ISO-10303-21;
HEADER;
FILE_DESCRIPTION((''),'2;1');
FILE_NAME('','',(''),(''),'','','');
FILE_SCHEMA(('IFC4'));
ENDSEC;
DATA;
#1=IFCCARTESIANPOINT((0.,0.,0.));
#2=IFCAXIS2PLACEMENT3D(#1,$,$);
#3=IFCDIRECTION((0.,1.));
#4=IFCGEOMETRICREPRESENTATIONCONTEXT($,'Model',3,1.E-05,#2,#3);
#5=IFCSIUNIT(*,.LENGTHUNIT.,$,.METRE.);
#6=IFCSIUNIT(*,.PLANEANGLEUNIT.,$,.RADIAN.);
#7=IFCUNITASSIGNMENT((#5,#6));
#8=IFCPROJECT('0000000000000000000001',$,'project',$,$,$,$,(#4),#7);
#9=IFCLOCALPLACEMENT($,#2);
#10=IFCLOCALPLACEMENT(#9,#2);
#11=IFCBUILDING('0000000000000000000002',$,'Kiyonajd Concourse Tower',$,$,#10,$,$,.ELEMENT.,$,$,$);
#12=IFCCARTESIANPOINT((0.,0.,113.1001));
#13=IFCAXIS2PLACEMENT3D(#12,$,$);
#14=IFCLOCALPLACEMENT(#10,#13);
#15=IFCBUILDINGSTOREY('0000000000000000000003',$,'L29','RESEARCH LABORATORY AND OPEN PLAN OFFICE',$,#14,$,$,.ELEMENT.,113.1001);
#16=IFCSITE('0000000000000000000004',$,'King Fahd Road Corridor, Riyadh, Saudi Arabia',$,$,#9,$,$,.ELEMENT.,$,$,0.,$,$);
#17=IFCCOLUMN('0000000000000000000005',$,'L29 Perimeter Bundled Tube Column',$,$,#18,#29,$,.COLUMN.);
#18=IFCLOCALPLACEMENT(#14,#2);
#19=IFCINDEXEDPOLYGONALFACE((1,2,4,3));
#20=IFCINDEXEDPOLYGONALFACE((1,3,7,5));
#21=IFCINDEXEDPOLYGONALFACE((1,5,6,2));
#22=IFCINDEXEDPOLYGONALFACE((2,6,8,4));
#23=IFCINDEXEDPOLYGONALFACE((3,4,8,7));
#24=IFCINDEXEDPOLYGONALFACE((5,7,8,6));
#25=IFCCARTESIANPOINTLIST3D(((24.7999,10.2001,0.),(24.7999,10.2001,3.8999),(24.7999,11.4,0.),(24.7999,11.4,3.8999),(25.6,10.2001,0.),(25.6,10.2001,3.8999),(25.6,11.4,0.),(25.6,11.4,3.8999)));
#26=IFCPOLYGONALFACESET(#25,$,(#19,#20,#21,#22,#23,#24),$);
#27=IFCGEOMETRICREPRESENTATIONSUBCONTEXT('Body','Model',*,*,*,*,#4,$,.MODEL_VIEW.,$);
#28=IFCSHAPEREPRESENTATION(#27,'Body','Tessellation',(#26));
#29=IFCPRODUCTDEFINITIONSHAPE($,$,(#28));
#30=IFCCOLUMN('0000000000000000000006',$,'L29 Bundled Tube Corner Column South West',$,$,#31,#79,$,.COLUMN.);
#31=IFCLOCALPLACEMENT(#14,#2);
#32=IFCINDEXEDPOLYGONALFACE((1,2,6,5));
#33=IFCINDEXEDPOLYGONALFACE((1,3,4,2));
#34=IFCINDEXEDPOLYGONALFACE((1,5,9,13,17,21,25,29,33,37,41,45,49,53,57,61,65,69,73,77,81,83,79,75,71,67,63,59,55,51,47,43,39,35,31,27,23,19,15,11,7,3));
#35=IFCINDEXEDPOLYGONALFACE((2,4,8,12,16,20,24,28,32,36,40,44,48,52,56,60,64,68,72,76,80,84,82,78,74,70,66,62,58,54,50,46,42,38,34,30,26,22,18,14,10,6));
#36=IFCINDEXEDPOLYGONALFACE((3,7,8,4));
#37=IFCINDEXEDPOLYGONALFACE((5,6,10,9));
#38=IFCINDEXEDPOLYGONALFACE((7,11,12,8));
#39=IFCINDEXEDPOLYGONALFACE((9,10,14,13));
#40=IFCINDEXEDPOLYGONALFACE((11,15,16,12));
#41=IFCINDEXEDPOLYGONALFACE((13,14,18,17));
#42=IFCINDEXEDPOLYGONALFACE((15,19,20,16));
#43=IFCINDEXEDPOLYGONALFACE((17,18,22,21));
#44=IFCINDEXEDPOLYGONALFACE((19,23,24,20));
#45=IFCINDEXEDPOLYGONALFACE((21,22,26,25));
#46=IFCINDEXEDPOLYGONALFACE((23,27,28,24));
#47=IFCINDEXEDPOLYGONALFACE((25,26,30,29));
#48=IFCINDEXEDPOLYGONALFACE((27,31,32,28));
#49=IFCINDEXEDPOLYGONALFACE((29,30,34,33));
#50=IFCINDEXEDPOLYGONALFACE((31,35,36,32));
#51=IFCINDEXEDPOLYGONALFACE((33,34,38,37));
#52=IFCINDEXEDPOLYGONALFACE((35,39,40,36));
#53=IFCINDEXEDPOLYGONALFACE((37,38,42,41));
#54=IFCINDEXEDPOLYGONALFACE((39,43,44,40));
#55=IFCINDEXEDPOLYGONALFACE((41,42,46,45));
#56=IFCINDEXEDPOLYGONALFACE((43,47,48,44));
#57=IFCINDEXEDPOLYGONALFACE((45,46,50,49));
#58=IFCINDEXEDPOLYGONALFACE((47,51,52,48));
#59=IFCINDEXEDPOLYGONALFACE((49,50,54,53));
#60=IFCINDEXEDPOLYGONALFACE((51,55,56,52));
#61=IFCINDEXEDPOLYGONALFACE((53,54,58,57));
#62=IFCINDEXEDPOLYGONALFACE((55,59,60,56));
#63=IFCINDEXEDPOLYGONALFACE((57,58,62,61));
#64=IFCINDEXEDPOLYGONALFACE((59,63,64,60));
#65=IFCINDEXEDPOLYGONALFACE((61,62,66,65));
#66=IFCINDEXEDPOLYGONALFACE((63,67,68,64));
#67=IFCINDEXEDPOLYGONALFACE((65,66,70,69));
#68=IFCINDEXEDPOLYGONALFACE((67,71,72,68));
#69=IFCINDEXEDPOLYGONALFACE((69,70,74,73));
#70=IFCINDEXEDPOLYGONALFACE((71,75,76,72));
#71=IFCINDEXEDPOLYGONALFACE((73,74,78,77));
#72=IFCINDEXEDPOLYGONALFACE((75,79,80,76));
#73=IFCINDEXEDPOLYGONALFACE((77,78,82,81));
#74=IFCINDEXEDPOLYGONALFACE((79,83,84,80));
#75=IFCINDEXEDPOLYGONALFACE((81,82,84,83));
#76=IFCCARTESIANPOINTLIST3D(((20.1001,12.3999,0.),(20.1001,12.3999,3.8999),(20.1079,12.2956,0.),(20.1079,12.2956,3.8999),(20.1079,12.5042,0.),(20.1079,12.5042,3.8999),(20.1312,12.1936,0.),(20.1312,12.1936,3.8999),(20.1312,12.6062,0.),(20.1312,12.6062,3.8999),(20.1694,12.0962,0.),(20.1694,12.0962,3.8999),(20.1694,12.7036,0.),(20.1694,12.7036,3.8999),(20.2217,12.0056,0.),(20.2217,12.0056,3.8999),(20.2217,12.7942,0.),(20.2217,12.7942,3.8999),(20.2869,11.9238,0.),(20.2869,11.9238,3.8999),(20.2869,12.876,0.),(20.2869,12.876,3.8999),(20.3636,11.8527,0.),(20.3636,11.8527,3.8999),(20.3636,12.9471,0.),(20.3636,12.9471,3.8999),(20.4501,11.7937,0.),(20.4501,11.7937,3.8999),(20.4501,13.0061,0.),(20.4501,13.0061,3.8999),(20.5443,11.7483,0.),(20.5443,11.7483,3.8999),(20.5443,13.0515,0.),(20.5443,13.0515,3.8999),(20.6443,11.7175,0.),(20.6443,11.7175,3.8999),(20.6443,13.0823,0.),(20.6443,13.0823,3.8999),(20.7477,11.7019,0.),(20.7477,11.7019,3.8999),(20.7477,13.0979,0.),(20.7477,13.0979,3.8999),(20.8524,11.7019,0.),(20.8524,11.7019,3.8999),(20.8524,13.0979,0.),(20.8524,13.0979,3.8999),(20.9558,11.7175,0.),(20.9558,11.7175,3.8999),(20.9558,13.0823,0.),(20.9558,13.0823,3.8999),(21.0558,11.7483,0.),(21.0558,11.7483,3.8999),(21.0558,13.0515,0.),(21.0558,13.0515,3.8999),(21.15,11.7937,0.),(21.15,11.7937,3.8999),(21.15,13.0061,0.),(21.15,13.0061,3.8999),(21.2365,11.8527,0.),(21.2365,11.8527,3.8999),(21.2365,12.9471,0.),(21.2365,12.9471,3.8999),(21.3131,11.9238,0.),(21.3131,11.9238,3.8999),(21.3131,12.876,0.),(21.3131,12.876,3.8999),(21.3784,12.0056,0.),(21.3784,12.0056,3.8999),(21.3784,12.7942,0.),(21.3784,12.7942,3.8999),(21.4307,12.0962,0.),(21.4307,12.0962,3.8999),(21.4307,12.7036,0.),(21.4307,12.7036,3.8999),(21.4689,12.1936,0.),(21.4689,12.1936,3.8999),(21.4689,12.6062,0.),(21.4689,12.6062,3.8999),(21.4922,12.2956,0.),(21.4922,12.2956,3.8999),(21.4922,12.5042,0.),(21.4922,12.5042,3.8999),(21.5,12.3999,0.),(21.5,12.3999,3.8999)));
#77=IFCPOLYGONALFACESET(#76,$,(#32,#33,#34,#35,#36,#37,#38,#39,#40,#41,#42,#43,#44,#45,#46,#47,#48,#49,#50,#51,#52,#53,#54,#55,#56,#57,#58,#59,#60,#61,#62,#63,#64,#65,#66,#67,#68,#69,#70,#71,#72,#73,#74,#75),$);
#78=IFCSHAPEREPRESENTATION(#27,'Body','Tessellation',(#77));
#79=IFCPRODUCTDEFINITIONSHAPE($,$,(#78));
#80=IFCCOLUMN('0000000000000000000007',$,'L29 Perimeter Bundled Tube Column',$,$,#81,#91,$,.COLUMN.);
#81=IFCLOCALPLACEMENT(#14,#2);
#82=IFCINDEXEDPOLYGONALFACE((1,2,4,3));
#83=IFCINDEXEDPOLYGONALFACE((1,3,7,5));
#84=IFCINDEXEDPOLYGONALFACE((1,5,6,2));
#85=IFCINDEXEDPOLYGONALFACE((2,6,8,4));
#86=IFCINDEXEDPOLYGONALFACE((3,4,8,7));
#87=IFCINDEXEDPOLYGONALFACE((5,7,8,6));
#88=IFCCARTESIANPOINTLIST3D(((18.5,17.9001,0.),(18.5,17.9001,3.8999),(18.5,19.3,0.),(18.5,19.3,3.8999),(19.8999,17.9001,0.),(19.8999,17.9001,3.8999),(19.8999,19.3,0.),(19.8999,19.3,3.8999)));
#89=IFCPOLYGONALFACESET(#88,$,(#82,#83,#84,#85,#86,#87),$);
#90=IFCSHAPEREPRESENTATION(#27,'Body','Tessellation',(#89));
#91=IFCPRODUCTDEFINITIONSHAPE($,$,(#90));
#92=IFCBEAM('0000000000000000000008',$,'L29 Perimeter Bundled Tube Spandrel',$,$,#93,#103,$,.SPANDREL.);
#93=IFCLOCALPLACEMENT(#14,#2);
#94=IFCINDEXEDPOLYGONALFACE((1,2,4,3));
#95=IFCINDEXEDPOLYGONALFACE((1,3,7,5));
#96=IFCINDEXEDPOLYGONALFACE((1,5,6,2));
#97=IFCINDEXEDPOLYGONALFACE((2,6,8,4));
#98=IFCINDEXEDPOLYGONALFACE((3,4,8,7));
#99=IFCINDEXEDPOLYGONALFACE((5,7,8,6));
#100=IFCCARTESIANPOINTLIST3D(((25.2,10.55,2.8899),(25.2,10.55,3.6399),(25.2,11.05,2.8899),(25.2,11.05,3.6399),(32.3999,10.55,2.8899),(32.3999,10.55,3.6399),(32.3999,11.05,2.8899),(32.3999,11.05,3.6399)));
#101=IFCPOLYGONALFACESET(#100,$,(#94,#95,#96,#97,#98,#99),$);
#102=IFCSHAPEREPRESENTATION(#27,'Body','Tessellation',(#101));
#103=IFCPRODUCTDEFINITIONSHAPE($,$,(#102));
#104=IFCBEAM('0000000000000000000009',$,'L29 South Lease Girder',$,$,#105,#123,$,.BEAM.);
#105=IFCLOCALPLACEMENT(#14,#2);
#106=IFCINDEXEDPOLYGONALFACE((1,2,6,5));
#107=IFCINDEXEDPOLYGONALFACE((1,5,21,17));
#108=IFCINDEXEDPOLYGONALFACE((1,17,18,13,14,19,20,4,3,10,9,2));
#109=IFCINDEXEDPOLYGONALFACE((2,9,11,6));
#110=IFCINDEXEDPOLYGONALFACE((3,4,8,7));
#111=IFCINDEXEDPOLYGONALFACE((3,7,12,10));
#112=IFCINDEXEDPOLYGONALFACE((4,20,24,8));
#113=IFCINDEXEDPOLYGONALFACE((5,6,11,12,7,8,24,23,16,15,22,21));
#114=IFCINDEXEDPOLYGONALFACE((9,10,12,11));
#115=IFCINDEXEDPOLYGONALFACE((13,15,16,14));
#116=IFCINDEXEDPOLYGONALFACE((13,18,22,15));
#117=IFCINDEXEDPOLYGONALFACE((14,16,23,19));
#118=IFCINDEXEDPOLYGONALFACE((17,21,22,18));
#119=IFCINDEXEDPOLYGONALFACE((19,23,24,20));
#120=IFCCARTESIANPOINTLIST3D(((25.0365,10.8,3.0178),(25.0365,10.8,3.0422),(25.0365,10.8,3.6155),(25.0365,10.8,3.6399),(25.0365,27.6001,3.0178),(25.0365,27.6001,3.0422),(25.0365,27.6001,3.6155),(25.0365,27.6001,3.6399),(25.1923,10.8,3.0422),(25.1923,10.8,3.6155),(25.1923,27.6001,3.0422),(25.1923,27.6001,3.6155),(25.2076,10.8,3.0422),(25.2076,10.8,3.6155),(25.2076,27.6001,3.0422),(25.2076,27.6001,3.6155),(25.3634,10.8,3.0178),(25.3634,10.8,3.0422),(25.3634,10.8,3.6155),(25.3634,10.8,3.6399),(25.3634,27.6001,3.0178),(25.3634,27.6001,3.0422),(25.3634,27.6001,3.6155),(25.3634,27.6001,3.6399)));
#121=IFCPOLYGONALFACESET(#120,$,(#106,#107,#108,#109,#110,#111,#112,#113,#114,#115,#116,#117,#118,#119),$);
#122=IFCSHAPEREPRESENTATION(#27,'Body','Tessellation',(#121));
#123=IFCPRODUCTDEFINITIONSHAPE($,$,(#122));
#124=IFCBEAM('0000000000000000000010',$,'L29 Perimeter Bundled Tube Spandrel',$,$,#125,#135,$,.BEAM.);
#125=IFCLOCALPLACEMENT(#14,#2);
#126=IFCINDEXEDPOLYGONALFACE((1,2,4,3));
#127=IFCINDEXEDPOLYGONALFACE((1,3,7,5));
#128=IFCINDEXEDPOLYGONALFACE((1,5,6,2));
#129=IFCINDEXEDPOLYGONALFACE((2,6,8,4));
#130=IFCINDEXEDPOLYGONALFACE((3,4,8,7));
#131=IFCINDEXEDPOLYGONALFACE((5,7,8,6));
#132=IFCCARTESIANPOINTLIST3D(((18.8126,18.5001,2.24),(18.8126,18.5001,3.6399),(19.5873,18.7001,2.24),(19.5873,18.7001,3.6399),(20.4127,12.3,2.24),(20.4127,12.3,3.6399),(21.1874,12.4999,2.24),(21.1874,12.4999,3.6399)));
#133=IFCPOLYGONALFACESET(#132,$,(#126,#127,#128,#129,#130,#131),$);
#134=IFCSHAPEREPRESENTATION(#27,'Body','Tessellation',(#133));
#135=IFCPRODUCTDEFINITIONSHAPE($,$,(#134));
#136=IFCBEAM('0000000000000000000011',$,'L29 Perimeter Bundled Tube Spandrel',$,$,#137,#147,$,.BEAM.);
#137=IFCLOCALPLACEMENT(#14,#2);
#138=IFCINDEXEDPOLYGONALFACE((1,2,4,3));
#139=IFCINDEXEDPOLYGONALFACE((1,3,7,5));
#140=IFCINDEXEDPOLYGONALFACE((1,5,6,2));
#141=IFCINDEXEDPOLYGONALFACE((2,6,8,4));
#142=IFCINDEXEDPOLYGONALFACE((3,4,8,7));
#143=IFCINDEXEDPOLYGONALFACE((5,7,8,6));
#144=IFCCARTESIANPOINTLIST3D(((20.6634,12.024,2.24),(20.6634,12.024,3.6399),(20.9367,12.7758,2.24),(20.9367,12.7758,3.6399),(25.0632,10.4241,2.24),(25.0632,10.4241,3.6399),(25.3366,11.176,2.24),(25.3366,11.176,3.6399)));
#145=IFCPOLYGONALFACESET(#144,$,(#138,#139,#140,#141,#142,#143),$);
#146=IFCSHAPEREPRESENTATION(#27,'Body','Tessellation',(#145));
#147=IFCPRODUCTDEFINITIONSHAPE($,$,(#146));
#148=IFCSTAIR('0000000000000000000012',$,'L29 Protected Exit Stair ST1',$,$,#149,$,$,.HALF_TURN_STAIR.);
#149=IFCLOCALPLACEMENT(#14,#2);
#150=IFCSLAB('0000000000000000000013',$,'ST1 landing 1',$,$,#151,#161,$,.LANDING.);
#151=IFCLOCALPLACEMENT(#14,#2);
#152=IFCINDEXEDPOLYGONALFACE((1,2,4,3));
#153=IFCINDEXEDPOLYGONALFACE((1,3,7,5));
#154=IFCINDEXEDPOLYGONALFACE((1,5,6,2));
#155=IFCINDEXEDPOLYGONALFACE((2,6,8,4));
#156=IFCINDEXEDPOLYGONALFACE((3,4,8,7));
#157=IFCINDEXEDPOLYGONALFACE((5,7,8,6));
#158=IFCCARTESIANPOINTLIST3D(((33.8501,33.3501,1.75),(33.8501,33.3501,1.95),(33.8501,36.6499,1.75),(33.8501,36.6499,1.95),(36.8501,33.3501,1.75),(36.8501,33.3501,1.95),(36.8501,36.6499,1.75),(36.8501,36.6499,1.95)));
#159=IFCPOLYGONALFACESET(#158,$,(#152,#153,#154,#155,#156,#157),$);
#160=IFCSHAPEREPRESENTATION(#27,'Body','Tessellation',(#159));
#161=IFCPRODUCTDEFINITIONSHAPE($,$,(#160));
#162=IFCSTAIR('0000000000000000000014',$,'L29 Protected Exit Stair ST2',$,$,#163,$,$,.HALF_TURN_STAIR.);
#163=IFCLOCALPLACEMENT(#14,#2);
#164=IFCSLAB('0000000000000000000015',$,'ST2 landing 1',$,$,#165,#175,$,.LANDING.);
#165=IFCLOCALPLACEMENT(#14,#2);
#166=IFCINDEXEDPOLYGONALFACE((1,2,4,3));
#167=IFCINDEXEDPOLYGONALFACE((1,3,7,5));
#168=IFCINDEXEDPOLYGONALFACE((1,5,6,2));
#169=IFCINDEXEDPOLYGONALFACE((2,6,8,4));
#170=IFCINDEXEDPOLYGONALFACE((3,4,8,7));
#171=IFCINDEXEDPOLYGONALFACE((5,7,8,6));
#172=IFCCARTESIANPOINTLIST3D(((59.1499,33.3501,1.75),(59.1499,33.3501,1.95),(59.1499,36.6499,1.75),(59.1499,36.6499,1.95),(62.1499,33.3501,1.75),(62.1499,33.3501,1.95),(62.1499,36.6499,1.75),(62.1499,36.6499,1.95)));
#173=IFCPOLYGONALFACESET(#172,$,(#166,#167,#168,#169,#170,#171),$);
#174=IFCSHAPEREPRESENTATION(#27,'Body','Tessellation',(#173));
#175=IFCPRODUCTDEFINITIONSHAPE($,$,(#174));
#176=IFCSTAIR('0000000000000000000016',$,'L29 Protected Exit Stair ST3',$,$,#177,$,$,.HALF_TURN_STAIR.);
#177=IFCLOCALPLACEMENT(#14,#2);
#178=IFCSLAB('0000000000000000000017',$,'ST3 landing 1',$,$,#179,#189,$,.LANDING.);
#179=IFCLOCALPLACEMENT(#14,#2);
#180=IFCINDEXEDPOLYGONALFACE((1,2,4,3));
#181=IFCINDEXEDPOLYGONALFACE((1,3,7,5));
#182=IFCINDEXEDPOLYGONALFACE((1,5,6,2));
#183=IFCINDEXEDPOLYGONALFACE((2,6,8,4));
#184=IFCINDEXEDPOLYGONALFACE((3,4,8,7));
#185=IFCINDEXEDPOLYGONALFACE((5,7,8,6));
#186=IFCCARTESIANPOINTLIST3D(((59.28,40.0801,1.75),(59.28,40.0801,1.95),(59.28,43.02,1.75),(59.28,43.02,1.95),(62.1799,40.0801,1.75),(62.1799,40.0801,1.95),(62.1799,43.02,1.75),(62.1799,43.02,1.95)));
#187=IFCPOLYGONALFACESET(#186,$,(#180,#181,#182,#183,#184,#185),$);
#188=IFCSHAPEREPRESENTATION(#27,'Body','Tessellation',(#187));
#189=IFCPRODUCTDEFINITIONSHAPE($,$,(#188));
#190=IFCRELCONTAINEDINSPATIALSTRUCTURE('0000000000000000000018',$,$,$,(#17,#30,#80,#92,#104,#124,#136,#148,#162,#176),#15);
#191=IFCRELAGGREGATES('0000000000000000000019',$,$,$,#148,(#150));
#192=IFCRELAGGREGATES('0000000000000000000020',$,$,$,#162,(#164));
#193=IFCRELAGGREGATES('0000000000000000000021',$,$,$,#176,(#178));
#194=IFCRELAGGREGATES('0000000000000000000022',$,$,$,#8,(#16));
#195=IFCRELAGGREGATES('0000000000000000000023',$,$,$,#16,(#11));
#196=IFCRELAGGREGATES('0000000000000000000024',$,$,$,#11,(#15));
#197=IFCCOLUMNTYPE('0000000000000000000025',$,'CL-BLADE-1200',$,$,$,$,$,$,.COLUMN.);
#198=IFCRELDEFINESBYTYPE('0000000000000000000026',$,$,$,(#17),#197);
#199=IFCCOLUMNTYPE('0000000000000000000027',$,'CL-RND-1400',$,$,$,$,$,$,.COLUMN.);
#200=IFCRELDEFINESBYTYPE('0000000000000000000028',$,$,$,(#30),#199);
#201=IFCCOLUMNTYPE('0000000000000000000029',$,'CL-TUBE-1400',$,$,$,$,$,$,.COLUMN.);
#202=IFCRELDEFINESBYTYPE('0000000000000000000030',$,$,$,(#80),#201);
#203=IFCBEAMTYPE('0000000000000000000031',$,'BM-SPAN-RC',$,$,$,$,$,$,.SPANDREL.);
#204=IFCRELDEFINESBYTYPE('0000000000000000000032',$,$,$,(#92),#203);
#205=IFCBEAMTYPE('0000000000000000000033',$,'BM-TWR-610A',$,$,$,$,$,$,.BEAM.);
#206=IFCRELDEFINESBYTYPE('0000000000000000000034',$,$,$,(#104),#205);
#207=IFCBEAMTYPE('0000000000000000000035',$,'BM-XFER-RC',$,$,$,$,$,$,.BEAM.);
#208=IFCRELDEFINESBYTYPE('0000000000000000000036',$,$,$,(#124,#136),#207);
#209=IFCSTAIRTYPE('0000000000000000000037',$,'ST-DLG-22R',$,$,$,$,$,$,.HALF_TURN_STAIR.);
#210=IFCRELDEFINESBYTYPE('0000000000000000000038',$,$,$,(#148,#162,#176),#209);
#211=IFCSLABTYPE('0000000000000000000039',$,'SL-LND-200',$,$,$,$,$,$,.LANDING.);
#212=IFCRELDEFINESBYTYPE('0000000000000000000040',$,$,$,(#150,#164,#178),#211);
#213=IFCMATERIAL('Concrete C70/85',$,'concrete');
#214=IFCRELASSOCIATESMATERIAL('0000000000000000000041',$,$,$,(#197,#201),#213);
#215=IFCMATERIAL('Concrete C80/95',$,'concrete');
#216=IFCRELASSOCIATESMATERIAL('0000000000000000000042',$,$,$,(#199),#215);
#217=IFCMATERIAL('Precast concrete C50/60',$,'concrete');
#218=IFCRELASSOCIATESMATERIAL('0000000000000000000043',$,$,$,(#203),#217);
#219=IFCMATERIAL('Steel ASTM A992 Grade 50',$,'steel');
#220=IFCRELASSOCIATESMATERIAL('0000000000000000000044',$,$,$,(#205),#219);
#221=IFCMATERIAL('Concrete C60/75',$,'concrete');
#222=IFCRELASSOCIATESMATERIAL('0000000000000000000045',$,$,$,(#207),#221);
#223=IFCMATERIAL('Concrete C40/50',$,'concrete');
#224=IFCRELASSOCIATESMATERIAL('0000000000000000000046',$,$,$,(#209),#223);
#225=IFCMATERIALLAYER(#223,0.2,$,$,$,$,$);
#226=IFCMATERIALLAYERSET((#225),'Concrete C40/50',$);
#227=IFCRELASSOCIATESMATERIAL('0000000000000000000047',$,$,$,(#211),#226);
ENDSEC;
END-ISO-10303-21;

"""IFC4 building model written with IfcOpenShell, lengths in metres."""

from ifc_helpers import new_model, si_unit, direction, frame, origin, origin_2d, place, context, subcontext, project, spatial, polyline, rectangle, circle, i_section, outline, extrude, material, layer, layer_set, material_profile, profile_set, type_object, element, aggregate, save


model = new_model("IFC4")

# Units and contexts
model_context = context("Model", 3, precision=1e-05, world=origin(), true_north=direction((0.0, 1.0)))
body_context = subcontext(model_context, "Body", "Model", "MODEL_VIEW")
ifc_project = project(units=[si_unit("LENGTHUNIT", "METRE"), si_unit("PLANEANGLEUNIT", "RADIAN")], contexts=[model_context])

# Site, building, storey
site_placement = place(None, origin())
site = spatial("IfcSite", under=ifc_project, at=site_placement, Name="King Fahd Road Corridor, Riyadh, Saudi Arabia", CompositionType="ELEMENT", RefElevation=0.0)
building_placement = place(site_placement, origin())
building = spatial("IfcBuilding", under=site, at=building_placement, Name="Kiyonajd Concourse Tower", CompositionType="ELEMENT")
storey_placement = place(building_placement, frame((0.0, 0.0, 113.1001)))
storey = spatial("IfcBuildingStorey", under=building, at=storey_placement, Name="L29", Description="RESEARCH LABORATORY AND OPEN PLAN OFFICE", CompositionType="ELEMENT", Elevation=113.1001)

# Columns
ifc_material_1 = material(Name="Concrete C70/85", Category="concrete")
ifc_material_profile_1 = material_profile(ifc_material_1, rectangle(XDim=0.8, YDim=1.2, at=origin_2d()), Name="RC-1200x800")
ifc_profile_set_1 = profile_set([ifc_material_profile_1], Name="Concrete C70/85")
column_type_1 = type_object("IfcColumnType", Name="CL-BLADE-1200", PredefinedType="COLUMN", material=ifc_profile_set_1)
column_1_placement = place(storey_placement, frame((25.2, 10.8, 0.0), z_axis=(0.0, 0.0, 1.0), x_axis=(1.0, 0.0, 0.0)))
element("IfcColumn", 1, at=column_1_placement, inside=storey, type_object=column_type_1, Name="L29 Perimeter Bundled Tube Column", PredefinedType="COLUMN", context=body_context, shape_type="SweptSolid", body=[
    extrude(rectangle(XDim=0.8, YDim=1.2, at=origin_2d()), origin(), (0.0, 0.0, 1.0), 3.8999),
])
ifc_material_2 = material(Name="Concrete C80/95", Category="concrete")
ifc_material_profile_2 = material_profile(ifc_material_2, circle(Radius=0.7, at=origin_2d()), Name="RCC-D1400")
ifc_profile_set_2 = profile_set([ifc_material_profile_2], Name="Concrete C80/95")
column_type_2 = type_object("IfcColumnType", Name="CL-RND-1400", PredefinedType="COLUMN", material=ifc_profile_set_2)
column_2_placement = place(storey_placement, frame((20.8, 12.3999, 0.0), z_axis=(0.0, 0.0, 1.0), x_axis=(1.0, 0.0, 0.0)))
element("IfcColumn", 2, at=column_2_placement, inside=storey, type_object=column_type_2, Name="L29 Bundled Tube Corner Column South West", PredefinedType="COLUMN", context=body_context, shape_type="SweptSolid", body=[
    extrude(circle(Radius=0.7, at=origin_2d()), origin(), (0.0, 0.0, 1.0), 3.8999),
])
ifc_material_profile_3 = material_profile(ifc_material_1, rectangle(XDim=1.3999, YDim=1.3999, at=origin_2d()), Name="RC-1400x1400")
ifc_profile_set_3 = profile_set([ifc_material_profile_3], Name="Concrete C70/85")
column_type_3 = type_object("IfcColumnType", Name="CL-TUBE-1400", PredefinedType="COLUMN", material=ifc_profile_set_3)
column_3_placement = place(storey_placement, frame((19.2, 18.6001, 0.0), z_axis=(0.0, 0.0, 1.0), x_axis=(1.0, 0.0, 0.0)))
element("IfcColumn", 3, at=column_3_placement, inside=storey, type_object=column_type_3, Name="L29 Perimeter Bundled Tube Column", PredefinedType="COLUMN", context=body_context, shape_type="SweptSolid", body=[
    extrude(rectangle(XDim=1.3999, YDim=1.3999, at=origin_2d()), origin(), (0.0, 0.0, 1.0), 3.8999),
])

# Beams
ifc_material_3 = material(Name="Precast concrete C50/60", Category="concrete")
ifc_material_profile_4 = material_profile(ifc_material_3, rectangle(XDim=0.5, YDim=0.75, at=origin_2d()), Name="RCBM-500x750")
ifc_profile_set_4 = profile_set([ifc_material_profile_4], Name="Precast concrete C50/60")
beam_type_1 = type_object("IfcBeamType", Name="BM-SPAN-RC", PredefinedType="SPANDREL", material=ifc_profile_set_4)
beam_1_placement = place(storey_placement, frame((25.2, 10.8, 3.2649), z_axis=(1.0, 0.0, 0.0), x_axis=(0.0, 1.0, 0.0)))
element("IfcBeam", 4, at=beam_1_placement, inside=storey, type_object=beam_type_1, Name="L29 Perimeter Bundled Tube Spandrel", PredefinedType="SPANDREL", context=body_context, shape_type="SweptSolid", body=[
    extrude(rectangle(XDim=0.5, YDim=0.75, at=origin_2d()), origin(), (0.0, 0.0, 1.0), 7.2),
])
ifc_material_4 = material(Name="Steel ASTM A992 Grade 50", Category="steel")
ifc_material_profile_5 = material_profile(ifc_material_4, i_section(OverallWidth=0.3269, OverallDepth=0.6221, WebThickness=0.0154, FlangeThickness=0.0244, at=origin_2d()), Name="W610X195")
ifc_profile_set_5 = profile_set([ifc_material_profile_5], Name="Steel ASTM A992 Grade 50")
beam_type_2 = type_object("IfcBeamType", Name="BM-TWR-610A", PredefinedType="BEAM", material=ifc_profile_set_5)
beam_2_placement = place(storey_placement, frame((25.2, 10.8, 3.3289), z_axis=(0.0, 1.0, 0.0), x_axis=(-1.0, 0.0, 0.0)))
element("IfcBeam", 5, at=beam_2_placement, inside=storey, type_object=beam_type_2, Name="L29 South Lease Girder", PredefinedType="BEAM", context=body_context, shape_type="SweptSolid", body=[
    extrude(i_section(OverallWidth=0.3269, OverallDepth=0.6221, WebThickness=0.0154, FlangeThickness=0.0244, at=origin_2d()), origin(), (0.0, 0.0, 1.0), 16.8),
])
ifc_material_5 = material(Name="Concrete C60/75", Category="concrete")
ifc_material_profile_6 = material_profile(ifc_material_5, rectangle(XDim=0.8, YDim=1.3999, at=origin_2d()), Name="RCBM-800x1400")
ifc_profile_set_6 = profile_set([ifc_material_profile_6], Name="Concrete C60/75")
beam_type_3 = type_object("IfcBeamType", Name="BM-XFER-RC", PredefinedType="BEAM", material=ifc_profile_set_6)
beam_3_placement = place(storey_placement, frame((19.2, 18.6001, 2.9399), z_axis=(0.249885, -0.968276, 0.0), x_axis=(0.968276, 0.249885, 0.0)))
element("IfcBeam", 6, at=beam_3_placement, inside=storey, type_object=beam_type_3, Name="L29 Perimeter Bundled Tube Spandrel", PredefinedType="BEAM", context=body_context, shape_type="SweptSolid", body=[
    extrude(rectangle(XDim=0.8, YDim=1.3999, at=origin_2d()), origin(), (0.0, 0.0, 1.0), 6.4033),
])
beam_4_placement = place(storey_placement, frame((20.8, 12.3999, 2.9399), z_axis=(0.939801, -0.341722, 0.0), x_axis=(0.341722, 0.939801, 0.0)))
element("IfcBeam", 7, at=beam_4_placement, inside=storey, type_object=beam_type_3, Name="L29 Perimeter Bundled Tube Spandrel", PredefinedType="BEAM", context=body_context, shape_type="SweptSolid", body=[
    extrude(rectangle(XDim=0.8, YDim=1.3999, at=origin_2d()), origin(), (0.0, 0.0, 1.0), 4.6816),
])

# Stairs, slabs
ifc_material_6 = material(Name="Concrete C40/50", Category="concrete")
stair_type = type_object("IfcStairType", Name="ST-DLG-22R", PredefinedType="HALF_TURN_STAIR", material=ifc_material_6)
stair_1_placement = place(storey_placement, origin())
stair_1 = element("IfcStair", 8, at=stair_1_placement, inside=storey, type_object=stair_type, Name="L29 Protected Exit Stair ST1", PredefinedType="HALF_TURN_STAIR")
ifc_layer_1 = layer(ifc_material_6, 0.2)
ifc_layer_set_1 = layer_set([ifc_layer_1], Name="Concrete C40/50")
slab_type_1 = type_object("IfcSlabType", Name="SL-LND-200", PredefinedType="LANDING", material=ifc_layer_set_1)
slab_1_placement = place(storey_placement, frame((0.0, 0.0, 1.75)))
slab_1 = element("IfcSlab", 9, at=slab_1_placement, type_object=slab_type_1, Name="ST1 landing 1", PredefinedType="LANDING", context=body_context, shape_type="SweptSolid", body=[
    extrude(outline(polyline([(36.8501, 33.3501), (36.8501, 36.6499), (33.8501, 36.6499), (33.8501, 33.3501), (36.8501, 33.3501)])), origin(), (0.0, 0.0, 1.0), 0.2),
])
aggregate(stair_1, [slab_1])
stair_2_placement = place(storey_placement, origin())
stair_2 = element("IfcStair", 10, at=stair_2_placement, inside=storey, type_object=stair_type, Name="L29 Protected Exit Stair ST2", PredefinedType="HALF_TURN_STAIR")
slab_2_placement = place(storey_placement, frame((0.0, 0.0, 1.75)))
slab_2 = element("IfcSlab", 11, at=slab_2_placement, type_object=slab_type_1, Name="ST2 landing 1", PredefinedType="LANDING", context=body_context, shape_type="SweptSolid", body=[
    extrude(outline(polyline([(62.1499, 33.3501), (62.1499, 36.6499), (59.1499, 36.6499), (59.1499, 33.3501), (62.1499, 33.3501)])), origin(), (0.0, 0.0, 1.0), 0.2),
])
aggregate(stair_2, [slab_2])
stair_3_placement = place(storey_placement, origin())
stair_3 = element("IfcStair", 12, at=stair_3_placement, inside=storey, type_object=stair_type, Name="L29 Protected Exit Stair ST3", PredefinedType="HALF_TURN_STAIR")
slab_3_placement = place(storey_placement, frame((0.0, 0.0, 1.75)))
slab_3 = element("IfcSlab", 13, at=slab_3_placement, type_object=slab_type_1, Name="ST3 landing 1", PredefinedType="LANDING", context=body_context, shape_type="SweptSolid", body=[
    extrude(outline(polyline([(59.28, 40.0801), (62.1799, 40.0801), (62.1799, 43.02), (59.28, 43.02), (59.28, 40.0801)])), origin(), (0.0, 0.0, 1.0), 0.2),
])
aggregate(stair_3, [slab_3])

save(model, "model.ifc")
